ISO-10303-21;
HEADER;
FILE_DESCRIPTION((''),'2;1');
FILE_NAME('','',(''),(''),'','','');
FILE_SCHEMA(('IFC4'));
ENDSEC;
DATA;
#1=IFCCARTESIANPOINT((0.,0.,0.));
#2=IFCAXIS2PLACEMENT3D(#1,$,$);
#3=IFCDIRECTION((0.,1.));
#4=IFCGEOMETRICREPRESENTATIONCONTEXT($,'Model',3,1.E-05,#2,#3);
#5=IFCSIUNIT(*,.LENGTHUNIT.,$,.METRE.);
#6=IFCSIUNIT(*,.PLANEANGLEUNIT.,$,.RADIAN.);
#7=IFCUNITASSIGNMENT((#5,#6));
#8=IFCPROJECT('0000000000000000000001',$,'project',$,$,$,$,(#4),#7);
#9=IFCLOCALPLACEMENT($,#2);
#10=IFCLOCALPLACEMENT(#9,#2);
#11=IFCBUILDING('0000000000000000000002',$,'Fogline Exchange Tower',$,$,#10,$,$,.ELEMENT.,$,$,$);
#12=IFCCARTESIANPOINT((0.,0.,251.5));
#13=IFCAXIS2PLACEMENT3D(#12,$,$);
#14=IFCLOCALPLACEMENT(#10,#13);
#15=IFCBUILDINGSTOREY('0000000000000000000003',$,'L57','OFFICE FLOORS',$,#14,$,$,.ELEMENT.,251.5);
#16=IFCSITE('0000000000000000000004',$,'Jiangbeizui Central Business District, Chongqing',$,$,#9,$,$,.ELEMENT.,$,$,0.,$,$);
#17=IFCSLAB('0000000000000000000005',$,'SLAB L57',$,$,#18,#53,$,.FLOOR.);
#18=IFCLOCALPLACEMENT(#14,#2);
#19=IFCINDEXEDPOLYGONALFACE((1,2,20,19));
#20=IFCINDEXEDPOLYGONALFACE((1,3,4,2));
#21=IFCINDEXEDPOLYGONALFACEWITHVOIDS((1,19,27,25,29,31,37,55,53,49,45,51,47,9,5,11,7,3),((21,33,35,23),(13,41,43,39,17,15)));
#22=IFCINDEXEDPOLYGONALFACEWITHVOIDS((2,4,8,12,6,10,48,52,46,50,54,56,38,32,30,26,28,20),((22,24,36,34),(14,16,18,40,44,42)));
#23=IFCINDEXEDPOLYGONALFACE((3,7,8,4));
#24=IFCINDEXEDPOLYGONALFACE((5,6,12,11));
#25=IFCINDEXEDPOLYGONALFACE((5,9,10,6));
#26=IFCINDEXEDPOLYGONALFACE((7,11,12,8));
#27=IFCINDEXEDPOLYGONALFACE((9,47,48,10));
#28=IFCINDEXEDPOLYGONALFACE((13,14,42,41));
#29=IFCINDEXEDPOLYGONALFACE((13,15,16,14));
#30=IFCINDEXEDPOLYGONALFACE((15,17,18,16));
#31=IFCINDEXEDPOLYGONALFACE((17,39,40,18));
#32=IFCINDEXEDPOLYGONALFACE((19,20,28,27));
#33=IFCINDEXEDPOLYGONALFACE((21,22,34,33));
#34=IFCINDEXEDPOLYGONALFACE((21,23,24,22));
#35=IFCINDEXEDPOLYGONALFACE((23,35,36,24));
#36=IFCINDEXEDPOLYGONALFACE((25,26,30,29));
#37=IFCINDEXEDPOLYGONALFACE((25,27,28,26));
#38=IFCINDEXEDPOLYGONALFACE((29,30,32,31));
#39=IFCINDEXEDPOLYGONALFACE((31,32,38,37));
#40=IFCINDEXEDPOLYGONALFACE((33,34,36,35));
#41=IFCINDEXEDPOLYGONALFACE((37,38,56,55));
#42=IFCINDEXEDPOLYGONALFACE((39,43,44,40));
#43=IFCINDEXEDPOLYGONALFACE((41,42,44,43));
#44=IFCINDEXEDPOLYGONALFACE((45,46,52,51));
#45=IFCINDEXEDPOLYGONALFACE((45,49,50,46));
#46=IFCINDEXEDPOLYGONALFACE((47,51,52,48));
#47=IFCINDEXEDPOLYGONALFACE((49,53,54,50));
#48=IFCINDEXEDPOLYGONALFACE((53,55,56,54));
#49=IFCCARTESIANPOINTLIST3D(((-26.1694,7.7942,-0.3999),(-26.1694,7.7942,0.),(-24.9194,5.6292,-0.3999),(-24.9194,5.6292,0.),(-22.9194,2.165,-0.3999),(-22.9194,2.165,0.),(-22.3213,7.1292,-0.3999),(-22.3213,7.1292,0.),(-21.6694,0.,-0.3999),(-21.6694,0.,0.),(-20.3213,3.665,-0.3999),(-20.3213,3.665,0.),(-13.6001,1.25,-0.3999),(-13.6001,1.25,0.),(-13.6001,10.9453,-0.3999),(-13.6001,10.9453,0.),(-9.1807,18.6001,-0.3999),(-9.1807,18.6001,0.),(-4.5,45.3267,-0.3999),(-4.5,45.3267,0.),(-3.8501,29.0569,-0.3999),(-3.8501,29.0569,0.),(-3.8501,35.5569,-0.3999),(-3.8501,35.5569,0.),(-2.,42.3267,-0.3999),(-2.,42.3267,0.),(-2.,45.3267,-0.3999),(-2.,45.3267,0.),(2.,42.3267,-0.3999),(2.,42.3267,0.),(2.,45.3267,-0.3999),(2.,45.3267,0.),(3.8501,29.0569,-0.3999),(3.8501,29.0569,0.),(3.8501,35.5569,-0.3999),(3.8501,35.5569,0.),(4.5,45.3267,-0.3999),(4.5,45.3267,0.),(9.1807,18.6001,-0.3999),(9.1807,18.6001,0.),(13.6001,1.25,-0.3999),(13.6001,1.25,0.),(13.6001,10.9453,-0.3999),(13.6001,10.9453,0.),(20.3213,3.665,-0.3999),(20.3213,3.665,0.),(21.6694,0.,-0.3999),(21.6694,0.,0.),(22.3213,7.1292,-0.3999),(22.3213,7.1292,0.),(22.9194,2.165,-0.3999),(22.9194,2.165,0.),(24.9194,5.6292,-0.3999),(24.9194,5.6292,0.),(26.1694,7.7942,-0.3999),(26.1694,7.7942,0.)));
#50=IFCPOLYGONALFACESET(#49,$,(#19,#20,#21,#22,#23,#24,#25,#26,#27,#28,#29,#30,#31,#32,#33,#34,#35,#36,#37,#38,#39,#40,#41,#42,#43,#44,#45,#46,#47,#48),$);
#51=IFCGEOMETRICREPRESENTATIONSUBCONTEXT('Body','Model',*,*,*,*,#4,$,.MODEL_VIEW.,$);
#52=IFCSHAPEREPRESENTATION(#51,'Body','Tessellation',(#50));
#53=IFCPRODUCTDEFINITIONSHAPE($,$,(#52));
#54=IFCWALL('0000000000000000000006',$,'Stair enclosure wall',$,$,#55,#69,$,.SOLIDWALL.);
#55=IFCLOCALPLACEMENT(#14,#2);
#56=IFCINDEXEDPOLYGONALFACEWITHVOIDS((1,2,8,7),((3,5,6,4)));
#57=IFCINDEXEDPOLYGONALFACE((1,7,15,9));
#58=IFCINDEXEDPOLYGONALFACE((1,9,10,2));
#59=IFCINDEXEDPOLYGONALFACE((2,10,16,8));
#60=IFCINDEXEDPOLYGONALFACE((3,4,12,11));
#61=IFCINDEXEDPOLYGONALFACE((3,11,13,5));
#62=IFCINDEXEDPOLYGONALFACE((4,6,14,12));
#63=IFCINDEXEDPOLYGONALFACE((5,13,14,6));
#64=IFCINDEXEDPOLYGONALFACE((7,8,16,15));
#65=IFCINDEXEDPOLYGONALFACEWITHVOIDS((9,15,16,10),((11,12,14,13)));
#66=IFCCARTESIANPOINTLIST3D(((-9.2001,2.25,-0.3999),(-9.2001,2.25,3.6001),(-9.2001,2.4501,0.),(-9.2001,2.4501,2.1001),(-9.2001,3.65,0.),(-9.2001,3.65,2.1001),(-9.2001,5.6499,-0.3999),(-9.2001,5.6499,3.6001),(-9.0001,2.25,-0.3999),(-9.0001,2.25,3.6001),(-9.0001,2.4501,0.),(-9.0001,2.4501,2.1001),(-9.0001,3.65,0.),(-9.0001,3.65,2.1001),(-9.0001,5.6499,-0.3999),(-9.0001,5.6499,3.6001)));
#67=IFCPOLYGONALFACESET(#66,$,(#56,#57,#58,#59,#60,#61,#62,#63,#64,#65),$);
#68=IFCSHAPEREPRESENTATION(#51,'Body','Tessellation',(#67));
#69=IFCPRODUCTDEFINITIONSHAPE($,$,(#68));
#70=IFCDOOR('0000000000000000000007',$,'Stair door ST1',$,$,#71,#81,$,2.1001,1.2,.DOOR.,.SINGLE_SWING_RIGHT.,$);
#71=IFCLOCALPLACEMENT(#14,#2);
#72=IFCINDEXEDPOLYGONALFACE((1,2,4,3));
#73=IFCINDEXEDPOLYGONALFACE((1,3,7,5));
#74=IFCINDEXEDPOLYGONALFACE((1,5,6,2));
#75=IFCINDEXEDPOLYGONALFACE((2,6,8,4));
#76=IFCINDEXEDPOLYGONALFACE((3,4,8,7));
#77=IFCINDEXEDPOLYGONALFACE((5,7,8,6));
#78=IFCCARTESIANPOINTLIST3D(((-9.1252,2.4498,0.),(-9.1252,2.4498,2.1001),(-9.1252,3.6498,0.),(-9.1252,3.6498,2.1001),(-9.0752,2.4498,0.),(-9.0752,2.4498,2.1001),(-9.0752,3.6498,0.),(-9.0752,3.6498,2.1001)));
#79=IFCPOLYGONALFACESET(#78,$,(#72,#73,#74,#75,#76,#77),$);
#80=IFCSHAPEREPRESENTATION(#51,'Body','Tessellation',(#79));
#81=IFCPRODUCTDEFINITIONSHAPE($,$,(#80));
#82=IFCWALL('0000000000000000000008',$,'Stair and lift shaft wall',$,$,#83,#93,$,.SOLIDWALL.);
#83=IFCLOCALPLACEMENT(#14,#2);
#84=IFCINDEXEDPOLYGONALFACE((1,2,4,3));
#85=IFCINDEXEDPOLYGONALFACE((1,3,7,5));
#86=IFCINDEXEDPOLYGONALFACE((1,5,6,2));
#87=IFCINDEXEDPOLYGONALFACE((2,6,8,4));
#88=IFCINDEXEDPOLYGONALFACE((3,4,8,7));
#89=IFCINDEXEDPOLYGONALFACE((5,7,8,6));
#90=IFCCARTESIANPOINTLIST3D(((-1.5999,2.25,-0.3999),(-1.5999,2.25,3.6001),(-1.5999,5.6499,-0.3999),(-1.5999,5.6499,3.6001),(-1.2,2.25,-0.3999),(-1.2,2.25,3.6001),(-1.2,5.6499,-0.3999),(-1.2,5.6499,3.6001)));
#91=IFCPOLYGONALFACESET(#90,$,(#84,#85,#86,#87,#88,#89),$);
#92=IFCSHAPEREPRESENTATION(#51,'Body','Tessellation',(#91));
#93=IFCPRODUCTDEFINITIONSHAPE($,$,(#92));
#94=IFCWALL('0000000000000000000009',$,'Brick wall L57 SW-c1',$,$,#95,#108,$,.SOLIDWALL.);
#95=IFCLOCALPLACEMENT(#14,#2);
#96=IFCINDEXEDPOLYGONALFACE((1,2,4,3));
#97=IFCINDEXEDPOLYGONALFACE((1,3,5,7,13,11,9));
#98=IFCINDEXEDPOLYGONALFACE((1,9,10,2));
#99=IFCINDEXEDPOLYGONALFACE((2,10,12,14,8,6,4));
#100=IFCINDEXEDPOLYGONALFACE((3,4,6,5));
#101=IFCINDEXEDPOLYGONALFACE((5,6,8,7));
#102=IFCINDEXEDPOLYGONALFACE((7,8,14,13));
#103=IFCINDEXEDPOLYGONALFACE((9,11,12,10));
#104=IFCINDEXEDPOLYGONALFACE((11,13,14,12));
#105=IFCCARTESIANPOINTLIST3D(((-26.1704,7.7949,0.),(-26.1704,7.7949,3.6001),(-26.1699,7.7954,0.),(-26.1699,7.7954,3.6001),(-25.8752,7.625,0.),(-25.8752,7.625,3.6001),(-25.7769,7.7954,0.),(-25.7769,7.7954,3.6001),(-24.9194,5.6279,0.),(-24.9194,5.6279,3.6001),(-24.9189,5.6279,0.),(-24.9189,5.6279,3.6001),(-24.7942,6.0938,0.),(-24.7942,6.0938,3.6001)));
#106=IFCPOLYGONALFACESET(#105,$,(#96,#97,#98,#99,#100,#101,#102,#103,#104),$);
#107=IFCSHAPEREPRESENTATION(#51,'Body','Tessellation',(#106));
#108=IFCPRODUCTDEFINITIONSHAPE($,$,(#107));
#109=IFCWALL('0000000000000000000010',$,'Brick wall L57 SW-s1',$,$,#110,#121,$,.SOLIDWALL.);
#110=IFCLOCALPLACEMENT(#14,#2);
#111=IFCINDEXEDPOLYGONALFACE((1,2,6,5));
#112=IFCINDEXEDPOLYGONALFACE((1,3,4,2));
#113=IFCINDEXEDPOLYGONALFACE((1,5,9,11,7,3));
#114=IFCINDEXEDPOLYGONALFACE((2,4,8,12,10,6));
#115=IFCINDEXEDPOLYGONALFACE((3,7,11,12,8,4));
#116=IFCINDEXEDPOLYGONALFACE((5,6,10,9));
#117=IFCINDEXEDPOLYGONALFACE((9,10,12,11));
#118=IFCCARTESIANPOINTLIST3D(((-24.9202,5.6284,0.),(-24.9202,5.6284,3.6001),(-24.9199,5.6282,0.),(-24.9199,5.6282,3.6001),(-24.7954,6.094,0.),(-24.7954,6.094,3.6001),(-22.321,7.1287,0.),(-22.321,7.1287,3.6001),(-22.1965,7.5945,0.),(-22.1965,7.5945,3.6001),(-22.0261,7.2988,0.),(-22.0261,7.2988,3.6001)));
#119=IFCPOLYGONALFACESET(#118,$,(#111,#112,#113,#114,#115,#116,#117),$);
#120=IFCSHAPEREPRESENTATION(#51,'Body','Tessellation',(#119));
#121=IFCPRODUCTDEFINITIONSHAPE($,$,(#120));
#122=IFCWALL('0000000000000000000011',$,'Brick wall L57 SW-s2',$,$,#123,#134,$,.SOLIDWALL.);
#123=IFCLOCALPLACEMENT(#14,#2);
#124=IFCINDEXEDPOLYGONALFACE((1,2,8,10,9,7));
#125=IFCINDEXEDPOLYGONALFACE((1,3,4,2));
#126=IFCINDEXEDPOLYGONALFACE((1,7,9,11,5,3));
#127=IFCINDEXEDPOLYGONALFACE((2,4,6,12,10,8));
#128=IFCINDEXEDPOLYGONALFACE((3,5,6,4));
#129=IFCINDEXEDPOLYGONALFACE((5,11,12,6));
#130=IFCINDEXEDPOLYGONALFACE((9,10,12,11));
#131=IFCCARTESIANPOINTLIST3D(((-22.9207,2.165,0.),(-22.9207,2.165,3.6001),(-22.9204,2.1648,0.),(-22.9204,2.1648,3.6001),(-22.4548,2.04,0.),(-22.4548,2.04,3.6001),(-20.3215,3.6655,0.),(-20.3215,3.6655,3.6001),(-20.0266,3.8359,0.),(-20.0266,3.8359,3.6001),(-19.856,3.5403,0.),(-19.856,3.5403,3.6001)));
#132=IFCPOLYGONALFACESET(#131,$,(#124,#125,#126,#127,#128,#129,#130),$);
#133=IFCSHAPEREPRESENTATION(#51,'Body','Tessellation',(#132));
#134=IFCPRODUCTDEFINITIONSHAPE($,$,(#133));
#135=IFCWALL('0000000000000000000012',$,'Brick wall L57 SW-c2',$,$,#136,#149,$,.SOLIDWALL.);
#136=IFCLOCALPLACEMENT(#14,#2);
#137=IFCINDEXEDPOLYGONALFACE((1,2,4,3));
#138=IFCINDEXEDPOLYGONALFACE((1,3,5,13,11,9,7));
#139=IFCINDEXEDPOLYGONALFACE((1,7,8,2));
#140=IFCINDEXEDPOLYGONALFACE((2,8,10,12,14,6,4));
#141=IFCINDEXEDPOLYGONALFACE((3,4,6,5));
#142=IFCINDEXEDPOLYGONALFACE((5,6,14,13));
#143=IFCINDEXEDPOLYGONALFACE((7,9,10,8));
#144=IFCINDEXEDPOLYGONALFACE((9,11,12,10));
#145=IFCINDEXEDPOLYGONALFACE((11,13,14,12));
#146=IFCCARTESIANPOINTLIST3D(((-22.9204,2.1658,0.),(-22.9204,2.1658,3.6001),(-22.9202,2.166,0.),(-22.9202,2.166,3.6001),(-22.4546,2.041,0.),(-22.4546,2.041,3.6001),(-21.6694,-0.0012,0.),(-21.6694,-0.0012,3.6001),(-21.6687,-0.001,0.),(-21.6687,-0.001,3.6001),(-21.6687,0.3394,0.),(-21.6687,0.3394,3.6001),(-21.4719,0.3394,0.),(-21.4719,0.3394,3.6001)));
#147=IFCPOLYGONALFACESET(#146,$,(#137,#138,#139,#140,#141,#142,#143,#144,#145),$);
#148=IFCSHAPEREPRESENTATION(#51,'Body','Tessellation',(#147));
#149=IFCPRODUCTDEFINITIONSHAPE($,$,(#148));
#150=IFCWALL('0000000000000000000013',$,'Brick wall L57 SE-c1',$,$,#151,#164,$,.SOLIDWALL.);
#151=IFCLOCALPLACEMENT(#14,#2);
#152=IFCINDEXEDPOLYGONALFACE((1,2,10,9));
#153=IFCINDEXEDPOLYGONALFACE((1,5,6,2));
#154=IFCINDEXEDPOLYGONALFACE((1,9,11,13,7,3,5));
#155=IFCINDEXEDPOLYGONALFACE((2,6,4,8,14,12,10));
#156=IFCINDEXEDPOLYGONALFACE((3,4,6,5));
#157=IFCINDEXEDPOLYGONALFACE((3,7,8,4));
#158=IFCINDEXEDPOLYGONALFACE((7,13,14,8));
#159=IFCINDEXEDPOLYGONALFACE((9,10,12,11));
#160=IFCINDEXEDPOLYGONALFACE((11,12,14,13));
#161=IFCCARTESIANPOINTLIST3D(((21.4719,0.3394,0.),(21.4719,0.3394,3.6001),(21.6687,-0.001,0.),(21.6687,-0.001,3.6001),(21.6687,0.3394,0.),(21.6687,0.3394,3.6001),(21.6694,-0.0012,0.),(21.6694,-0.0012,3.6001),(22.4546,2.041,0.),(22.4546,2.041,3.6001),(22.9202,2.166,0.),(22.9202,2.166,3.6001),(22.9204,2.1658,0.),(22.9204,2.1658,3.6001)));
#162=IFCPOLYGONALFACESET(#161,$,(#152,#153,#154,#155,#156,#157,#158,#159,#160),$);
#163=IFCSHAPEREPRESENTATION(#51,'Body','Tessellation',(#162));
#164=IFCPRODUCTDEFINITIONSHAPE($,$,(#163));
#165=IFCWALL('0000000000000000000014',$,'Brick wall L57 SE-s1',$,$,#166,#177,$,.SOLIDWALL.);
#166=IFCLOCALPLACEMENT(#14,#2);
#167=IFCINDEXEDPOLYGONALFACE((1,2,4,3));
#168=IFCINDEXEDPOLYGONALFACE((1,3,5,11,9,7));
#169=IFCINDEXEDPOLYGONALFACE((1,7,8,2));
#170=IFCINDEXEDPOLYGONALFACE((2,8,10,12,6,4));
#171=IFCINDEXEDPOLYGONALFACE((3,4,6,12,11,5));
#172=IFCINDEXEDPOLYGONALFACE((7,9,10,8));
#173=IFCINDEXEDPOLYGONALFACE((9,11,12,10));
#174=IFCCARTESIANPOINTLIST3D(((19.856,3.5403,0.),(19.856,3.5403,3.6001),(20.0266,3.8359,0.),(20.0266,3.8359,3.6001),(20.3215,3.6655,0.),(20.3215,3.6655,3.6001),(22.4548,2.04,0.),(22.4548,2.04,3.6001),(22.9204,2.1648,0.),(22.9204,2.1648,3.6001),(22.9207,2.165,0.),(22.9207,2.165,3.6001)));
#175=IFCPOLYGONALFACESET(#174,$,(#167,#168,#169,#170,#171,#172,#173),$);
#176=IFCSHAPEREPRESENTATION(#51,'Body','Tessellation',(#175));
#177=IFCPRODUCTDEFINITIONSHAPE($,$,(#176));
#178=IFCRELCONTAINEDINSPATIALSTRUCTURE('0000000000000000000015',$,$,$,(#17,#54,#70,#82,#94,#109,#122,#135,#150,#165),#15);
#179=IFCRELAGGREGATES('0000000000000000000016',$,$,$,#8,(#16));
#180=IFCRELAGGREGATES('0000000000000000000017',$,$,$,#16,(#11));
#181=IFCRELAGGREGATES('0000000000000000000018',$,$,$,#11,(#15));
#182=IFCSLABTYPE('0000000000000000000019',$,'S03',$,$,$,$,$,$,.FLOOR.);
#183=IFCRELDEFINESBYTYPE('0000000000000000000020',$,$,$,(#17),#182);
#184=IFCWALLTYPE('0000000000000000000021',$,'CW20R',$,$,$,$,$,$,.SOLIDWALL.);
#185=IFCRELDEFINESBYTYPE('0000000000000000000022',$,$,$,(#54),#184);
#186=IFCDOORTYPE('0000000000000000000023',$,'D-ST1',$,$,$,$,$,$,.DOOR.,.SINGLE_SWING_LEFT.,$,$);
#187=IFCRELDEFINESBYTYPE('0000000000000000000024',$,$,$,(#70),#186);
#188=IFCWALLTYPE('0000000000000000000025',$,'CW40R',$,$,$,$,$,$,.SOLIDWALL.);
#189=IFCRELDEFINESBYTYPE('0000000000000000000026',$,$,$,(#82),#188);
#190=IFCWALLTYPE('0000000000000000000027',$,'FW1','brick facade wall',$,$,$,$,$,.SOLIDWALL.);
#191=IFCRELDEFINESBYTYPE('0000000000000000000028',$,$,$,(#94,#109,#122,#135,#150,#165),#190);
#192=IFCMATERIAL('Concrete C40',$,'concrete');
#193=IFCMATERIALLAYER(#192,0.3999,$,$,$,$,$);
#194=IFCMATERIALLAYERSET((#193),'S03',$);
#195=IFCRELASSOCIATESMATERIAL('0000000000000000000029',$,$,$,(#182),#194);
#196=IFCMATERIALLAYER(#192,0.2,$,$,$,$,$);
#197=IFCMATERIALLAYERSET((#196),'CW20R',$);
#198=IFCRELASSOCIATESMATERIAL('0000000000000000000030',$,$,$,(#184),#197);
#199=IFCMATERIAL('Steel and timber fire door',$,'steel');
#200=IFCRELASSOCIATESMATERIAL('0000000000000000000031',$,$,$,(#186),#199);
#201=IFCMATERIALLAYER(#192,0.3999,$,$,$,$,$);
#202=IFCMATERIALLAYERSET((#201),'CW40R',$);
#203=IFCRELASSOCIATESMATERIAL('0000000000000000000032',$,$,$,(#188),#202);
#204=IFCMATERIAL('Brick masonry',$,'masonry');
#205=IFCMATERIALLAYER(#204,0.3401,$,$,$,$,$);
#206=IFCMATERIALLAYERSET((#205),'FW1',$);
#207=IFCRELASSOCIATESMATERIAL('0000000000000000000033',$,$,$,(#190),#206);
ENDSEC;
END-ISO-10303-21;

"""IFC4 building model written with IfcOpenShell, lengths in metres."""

from ifc_helpers import new_model, si_unit, direction, frame, frame_2d, origin, place, context, subcontext, project, spatial, polyline, rectangle, outline, extrude, material, layer, layer_set, type_object, element, fill, save


model = new_model("IFC4")

# Units and contexts
model_context = context("Model", 3, precision=1e-05, world=origin(), true_north=direction((0.0, 1.0)))
body_context = subcontext(model_context, "Body", "Model", "MODEL_VIEW")
ifc_project = project(units=[si_unit("LENGTHUNIT", "METRE"), si_unit("PLANEANGLEUNIT", "RADIAN")], contexts=[model_context])

# Site, building, storey
site_placement = place(None, origin())
site = spatial("IfcSite", under=ifc_project, at=site_placement, Name="Jiangbeizui Central Business District, Chongqing", CompositionType="ELEMENT", RefElevation=0.0)
building_placement = place(site_placement, origin())
building = spatial("IfcBuilding", under=site, at=building_placement, Name="Fogline Exchange Tower", CompositionType="ELEMENT")
storey_placement = place(building_placement, frame((0.0, 0.0, 251.5)))
storey = spatial("IfcBuildingStorey", under=building, at=storey_placement, Name="L57", Description="OFFICE FLOORS", CompositionType="ELEMENT", Elevation=251.5)

# Slab
ifc_material_1 = material(Name="Concrete C40", Category="concrete")
ifc_layer_1 = layer(ifc_material_1, 0.3999)
ifc_layer_set_1 = layer_set([ifc_layer_1], Name="S03")
slab_type = type_object("IfcSlabType", Name="S03", PredefinedType="FLOOR", material=ifc_layer_set_1)
slab_placement = place(storey_placement, frame((0.0, 0.0, -0.3999)))
element("IfcSlab", 1, at=slab_placement, inside=storey, type_object=slab_type, Name="SLAB L57", PredefinedType="FLOOR", context=body_context, shape_type="SweptSolid", body=[
    extrude(outline(polyline([(-2.0, 45.3267), (-4.5, 45.3267), (-26.1694, 7.7942), (-24.9194, 5.6292), (-22.3213, 7.1292), (-20.3213, 3.665), (-22.9194, 2.165), (-21.6694, 0.0), (21.6694, 0.0), (22.9194, 2.165), (20.3213, 3.665), (22.3213, 7.1292), (24.9194, 5.6292), (26.1694, 7.7942), (4.5, 45.3267), (2.0, 45.3267), (2.0, 42.3267), (-2.0, 42.3267), (-2.0, 45.3267)]), holes=[polyline([(13.6001, 10.9453), (13.6001, 1.25), (-13.6001, 1.25), (-13.6001, 10.9453), (-9.1807, 18.6001), (9.1807, 18.6001), (13.6001, 10.9453)]), polyline([(3.8501, 35.5569), (3.8501, 29.0569), (-3.8501, 29.0569), (-3.8501, 35.5569), (3.8501, 35.5569)])]), origin(), (0.0, 0.0, 1.0), 0.3999),
])

# Wall, opening, door
ifc_layer_2 = layer(ifc_material_1, 0.2)
ifc_layer_set_2 = layer_set([ifc_layer_2], Name="CW20R")
wall_type_1 = type_object("IfcWallType", Name="CW20R", PredefinedType="SOLIDWALL", material=ifc_layer_set_2)
wall_1_placement = place(storey_placement, frame((-9.1001, 2.25, -0.3999), z_axis=(0.0, 0.0, 1.0), x_axis=(0.0, 1.0, 0.0)))
wall_1 = element("IfcWall", 2, at=wall_1_placement, inside=storey, type_object=wall_type_1, Name="Stair enclosure wall", PredefinedType="SOLIDWALL", context=body_context, shape_type="SweptSolid", body=[
    extrude(rectangle(XDim=3.3999, YDim=0.2, at=frame_2d((1.7, 0.0))), origin(), (0.0, 0.0, 1.0), 4.0),
])
opening_placement = place(wall_1_placement, frame((0.2, 0.0, 0.3999)))
opening = element("IfcOpeningElement", 3, at=opening_placement, cuts=wall_1, PredefinedType="OPENING", context=body_context, shape_type="SweptSolid", body=[
    extrude(rectangle(XDim=1.2, YDim=2.1001, at=frame_2d((0.6001, 1.05))), frame((0.0, 0.1099, 0.0), z_axis=(0.0, -1.0, 0.0), x_axis=(1.0, 0.0, 0.0)), (0.0, 0.0, 1.0), 0.22),
])
ifc_material_2 = material(Name="Steel and timber fire door", Category="steel")
door_type = type_object("IfcDoorType", Name="D-ST1", OperationType="SINGLE_SWING_LEFT", PredefinedType="DOOR", material=ifc_material_2)
door_placement = place(opening_placement, frame((1.2, 0.0, 0.0), z_axis=(0.0, 0.0, 1.0), x_axis=(-1.0, 0.0, 0.0)))
door = element("IfcDoor", 4, at=door_placement, inside=storey, type_object=door_type, Name="Stair door ST1", OperationType="SINGLE_SWING_RIGHT", OverallHeight=2.1001, OverallWidth=1.2, PredefinedType="DOOR", context=body_context, shape_type="SweptSolid", body=[
    extrude(rectangle(XDim=1.2, YDim=2.1001, at=frame_2d((0.6001, 1.05))), frame((0.0, 0.0249, 0.0), z_axis=(0.0, -1.0, 0.0), x_axis=(1.0, 0.0, 0.0)), (0.0, 0.0, 1.0), 0.05),
])
fill(opening, door)

# Walls
ifc_layer_3 = layer(ifc_material_1, 0.3999)
ifc_layer_set_3 = layer_set([ifc_layer_3], Name="CW40R")
wall_type_2 = type_object("IfcWallType", Name="CW40R", PredefinedType="SOLIDWALL", material=ifc_layer_set_3)
wall_2_placement = place(storey_placement, frame((-1.3999, 2.25, -0.3999), z_axis=(0.0, 0.0, 1.0), x_axis=(0.0, 1.0, 0.0)))
element("IfcWall", 5, at=wall_2_placement, inside=storey, type_object=wall_type_2, Name="Stair and lift shaft wall", PredefinedType="SOLIDWALL", context=body_context, shape_type="SweptSolid", body=[
    extrude(rectangle(XDim=3.3999, YDim=0.3999, at=frame_2d((1.7, 0.0))), origin(), (0.0, 0.0, 1.0), 4.0),
])
ifc_material_3 = material(Name="Brick masonry", Category="masonry")
ifc_layer_4 = layer(ifc_material_3, 0.3401)
ifc_layer_set_4 = layer_set([ifc_layer_4], Name="FW1")
wall_type_3 = type_object("IfcWallType", Name="FW1", Description="brick facade wall", PredefinedType="SOLIDWALL", material=ifc_layer_set_4)
wall_3_placement = place(storey_placement, origin())
element("IfcWall", 6, at=wall_3_placement, inside=storey, type_object=wall_type_3, Name="Brick wall L57 SW-c1", PredefinedType="SOLIDWALL", context=body_context, shape_type="SweptSolid", body=[
    extrude(outline(polyline([(-24.9194, 5.6279), (-26.1704, 7.7949), (-26.1699, 7.7954), (-25.8752, 7.625), (-25.7769, 7.7954), (-24.7942, 6.0938), (-24.9189, 5.6279), (-24.9194, 5.6279)])), origin(), (0.0, 0.0, 1.0), 3.6001),
])
wall_4_placement = place(storey_placement, origin())
element("IfcWall", 7, at=wall_4_placement, inside=storey, type_object=wall_type_3, Name="Brick wall L57 SW-s1", PredefinedType="SOLIDWALL", context=body_context, shape_type="SweptSolid", body=[
    extrude(outline(polyline([(-22.1965, 7.5945), (-22.0261, 7.2988), (-22.321, 7.1287), (-24.9199, 5.6282), (-24.9202, 5.6284), (-24.7954, 6.094), (-22.1965, 7.5945)])), origin(), (0.0, 0.0, 1.0), 3.6001),
])
wall_5_placement = place(storey_placement, origin())
element("IfcWall", 8, at=wall_5_placement, inside=storey, type_object=wall_type_3, Name="Brick wall L57 SW-s2", PredefinedType="SOLIDWALL", context=body_context, shape_type="SweptSolid", body=[
    extrude(outline(polyline([(-22.9207, 2.165), (-20.3215, 3.6655), (-20.0266, 3.8359), (-19.856, 3.5403), (-22.4548, 2.04), (-22.9204, 2.1648), (-22.9207, 2.165)])), origin(), (0.0, 0.0, 1.0), 3.6001),
])
wall_6_placement = place(storey_placement, origin())
element("IfcWall", 9, at=wall_6_placement, inside=storey, type_object=wall_type_3, Name="Brick wall L57 SW-c2", PredefinedType="SOLIDWALL", context=body_context, shape_type="SweptSolid", body=[
    extrude(outline(polyline([(-21.4719, 0.3394), (-21.6687, 0.3394), (-21.6687, -0.001), (-21.6694, -0.0012), (-22.9204, 2.1658), (-22.9202, 2.166), (-22.4546, 2.041), (-21.4719, 0.3394)])), origin(), (0.0, 0.0, 1.0), 3.6001),
])
wall_7_placement = place(storey_placement, origin())
element("IfcWall", 10, at=wall_7_placement, inside=storey, type_object=wall_type_3, Name="Brick wall L57 SE-c1", PredefinedType="SOLIDWALL", context=body_context, shape_type="SweptSolid", body=[
    extrude(outline(polyline([(22.9204, 2.1658), (21.6694, -0.0012), (21.6687, -0.001), (21.6687, 0.3394), (21.4719, 0.3394), (22.4546, 2.041), (22.9202, 2.166), (22.9204, 2.1658)])), origin(), (0.0, 0.0, 1.0), 3.6001),
])
wall_8_placement = place(storey_placement, origin())
element("IfcWall", 11, at=wall_8_placement, inside=storey, type_object=wall_type_3, Name="Brick wall L57 SE-s1", PredefinedType="SOLIDWALL", context=body_context, shape_type="SweptSolid", body=[
    extrude(outline(polyline([(19.856, 3.5403), (20.0266, 3.8359), (20.3215, 3.6655), (22.9207, 2.165), (22.9204, 2.1648), (22.4548, 2.04), (19.856, 3.5403)])), origin(), (0.0, 0.0, 1.0), 3.6001),
])

save(model, "model.ifc")
